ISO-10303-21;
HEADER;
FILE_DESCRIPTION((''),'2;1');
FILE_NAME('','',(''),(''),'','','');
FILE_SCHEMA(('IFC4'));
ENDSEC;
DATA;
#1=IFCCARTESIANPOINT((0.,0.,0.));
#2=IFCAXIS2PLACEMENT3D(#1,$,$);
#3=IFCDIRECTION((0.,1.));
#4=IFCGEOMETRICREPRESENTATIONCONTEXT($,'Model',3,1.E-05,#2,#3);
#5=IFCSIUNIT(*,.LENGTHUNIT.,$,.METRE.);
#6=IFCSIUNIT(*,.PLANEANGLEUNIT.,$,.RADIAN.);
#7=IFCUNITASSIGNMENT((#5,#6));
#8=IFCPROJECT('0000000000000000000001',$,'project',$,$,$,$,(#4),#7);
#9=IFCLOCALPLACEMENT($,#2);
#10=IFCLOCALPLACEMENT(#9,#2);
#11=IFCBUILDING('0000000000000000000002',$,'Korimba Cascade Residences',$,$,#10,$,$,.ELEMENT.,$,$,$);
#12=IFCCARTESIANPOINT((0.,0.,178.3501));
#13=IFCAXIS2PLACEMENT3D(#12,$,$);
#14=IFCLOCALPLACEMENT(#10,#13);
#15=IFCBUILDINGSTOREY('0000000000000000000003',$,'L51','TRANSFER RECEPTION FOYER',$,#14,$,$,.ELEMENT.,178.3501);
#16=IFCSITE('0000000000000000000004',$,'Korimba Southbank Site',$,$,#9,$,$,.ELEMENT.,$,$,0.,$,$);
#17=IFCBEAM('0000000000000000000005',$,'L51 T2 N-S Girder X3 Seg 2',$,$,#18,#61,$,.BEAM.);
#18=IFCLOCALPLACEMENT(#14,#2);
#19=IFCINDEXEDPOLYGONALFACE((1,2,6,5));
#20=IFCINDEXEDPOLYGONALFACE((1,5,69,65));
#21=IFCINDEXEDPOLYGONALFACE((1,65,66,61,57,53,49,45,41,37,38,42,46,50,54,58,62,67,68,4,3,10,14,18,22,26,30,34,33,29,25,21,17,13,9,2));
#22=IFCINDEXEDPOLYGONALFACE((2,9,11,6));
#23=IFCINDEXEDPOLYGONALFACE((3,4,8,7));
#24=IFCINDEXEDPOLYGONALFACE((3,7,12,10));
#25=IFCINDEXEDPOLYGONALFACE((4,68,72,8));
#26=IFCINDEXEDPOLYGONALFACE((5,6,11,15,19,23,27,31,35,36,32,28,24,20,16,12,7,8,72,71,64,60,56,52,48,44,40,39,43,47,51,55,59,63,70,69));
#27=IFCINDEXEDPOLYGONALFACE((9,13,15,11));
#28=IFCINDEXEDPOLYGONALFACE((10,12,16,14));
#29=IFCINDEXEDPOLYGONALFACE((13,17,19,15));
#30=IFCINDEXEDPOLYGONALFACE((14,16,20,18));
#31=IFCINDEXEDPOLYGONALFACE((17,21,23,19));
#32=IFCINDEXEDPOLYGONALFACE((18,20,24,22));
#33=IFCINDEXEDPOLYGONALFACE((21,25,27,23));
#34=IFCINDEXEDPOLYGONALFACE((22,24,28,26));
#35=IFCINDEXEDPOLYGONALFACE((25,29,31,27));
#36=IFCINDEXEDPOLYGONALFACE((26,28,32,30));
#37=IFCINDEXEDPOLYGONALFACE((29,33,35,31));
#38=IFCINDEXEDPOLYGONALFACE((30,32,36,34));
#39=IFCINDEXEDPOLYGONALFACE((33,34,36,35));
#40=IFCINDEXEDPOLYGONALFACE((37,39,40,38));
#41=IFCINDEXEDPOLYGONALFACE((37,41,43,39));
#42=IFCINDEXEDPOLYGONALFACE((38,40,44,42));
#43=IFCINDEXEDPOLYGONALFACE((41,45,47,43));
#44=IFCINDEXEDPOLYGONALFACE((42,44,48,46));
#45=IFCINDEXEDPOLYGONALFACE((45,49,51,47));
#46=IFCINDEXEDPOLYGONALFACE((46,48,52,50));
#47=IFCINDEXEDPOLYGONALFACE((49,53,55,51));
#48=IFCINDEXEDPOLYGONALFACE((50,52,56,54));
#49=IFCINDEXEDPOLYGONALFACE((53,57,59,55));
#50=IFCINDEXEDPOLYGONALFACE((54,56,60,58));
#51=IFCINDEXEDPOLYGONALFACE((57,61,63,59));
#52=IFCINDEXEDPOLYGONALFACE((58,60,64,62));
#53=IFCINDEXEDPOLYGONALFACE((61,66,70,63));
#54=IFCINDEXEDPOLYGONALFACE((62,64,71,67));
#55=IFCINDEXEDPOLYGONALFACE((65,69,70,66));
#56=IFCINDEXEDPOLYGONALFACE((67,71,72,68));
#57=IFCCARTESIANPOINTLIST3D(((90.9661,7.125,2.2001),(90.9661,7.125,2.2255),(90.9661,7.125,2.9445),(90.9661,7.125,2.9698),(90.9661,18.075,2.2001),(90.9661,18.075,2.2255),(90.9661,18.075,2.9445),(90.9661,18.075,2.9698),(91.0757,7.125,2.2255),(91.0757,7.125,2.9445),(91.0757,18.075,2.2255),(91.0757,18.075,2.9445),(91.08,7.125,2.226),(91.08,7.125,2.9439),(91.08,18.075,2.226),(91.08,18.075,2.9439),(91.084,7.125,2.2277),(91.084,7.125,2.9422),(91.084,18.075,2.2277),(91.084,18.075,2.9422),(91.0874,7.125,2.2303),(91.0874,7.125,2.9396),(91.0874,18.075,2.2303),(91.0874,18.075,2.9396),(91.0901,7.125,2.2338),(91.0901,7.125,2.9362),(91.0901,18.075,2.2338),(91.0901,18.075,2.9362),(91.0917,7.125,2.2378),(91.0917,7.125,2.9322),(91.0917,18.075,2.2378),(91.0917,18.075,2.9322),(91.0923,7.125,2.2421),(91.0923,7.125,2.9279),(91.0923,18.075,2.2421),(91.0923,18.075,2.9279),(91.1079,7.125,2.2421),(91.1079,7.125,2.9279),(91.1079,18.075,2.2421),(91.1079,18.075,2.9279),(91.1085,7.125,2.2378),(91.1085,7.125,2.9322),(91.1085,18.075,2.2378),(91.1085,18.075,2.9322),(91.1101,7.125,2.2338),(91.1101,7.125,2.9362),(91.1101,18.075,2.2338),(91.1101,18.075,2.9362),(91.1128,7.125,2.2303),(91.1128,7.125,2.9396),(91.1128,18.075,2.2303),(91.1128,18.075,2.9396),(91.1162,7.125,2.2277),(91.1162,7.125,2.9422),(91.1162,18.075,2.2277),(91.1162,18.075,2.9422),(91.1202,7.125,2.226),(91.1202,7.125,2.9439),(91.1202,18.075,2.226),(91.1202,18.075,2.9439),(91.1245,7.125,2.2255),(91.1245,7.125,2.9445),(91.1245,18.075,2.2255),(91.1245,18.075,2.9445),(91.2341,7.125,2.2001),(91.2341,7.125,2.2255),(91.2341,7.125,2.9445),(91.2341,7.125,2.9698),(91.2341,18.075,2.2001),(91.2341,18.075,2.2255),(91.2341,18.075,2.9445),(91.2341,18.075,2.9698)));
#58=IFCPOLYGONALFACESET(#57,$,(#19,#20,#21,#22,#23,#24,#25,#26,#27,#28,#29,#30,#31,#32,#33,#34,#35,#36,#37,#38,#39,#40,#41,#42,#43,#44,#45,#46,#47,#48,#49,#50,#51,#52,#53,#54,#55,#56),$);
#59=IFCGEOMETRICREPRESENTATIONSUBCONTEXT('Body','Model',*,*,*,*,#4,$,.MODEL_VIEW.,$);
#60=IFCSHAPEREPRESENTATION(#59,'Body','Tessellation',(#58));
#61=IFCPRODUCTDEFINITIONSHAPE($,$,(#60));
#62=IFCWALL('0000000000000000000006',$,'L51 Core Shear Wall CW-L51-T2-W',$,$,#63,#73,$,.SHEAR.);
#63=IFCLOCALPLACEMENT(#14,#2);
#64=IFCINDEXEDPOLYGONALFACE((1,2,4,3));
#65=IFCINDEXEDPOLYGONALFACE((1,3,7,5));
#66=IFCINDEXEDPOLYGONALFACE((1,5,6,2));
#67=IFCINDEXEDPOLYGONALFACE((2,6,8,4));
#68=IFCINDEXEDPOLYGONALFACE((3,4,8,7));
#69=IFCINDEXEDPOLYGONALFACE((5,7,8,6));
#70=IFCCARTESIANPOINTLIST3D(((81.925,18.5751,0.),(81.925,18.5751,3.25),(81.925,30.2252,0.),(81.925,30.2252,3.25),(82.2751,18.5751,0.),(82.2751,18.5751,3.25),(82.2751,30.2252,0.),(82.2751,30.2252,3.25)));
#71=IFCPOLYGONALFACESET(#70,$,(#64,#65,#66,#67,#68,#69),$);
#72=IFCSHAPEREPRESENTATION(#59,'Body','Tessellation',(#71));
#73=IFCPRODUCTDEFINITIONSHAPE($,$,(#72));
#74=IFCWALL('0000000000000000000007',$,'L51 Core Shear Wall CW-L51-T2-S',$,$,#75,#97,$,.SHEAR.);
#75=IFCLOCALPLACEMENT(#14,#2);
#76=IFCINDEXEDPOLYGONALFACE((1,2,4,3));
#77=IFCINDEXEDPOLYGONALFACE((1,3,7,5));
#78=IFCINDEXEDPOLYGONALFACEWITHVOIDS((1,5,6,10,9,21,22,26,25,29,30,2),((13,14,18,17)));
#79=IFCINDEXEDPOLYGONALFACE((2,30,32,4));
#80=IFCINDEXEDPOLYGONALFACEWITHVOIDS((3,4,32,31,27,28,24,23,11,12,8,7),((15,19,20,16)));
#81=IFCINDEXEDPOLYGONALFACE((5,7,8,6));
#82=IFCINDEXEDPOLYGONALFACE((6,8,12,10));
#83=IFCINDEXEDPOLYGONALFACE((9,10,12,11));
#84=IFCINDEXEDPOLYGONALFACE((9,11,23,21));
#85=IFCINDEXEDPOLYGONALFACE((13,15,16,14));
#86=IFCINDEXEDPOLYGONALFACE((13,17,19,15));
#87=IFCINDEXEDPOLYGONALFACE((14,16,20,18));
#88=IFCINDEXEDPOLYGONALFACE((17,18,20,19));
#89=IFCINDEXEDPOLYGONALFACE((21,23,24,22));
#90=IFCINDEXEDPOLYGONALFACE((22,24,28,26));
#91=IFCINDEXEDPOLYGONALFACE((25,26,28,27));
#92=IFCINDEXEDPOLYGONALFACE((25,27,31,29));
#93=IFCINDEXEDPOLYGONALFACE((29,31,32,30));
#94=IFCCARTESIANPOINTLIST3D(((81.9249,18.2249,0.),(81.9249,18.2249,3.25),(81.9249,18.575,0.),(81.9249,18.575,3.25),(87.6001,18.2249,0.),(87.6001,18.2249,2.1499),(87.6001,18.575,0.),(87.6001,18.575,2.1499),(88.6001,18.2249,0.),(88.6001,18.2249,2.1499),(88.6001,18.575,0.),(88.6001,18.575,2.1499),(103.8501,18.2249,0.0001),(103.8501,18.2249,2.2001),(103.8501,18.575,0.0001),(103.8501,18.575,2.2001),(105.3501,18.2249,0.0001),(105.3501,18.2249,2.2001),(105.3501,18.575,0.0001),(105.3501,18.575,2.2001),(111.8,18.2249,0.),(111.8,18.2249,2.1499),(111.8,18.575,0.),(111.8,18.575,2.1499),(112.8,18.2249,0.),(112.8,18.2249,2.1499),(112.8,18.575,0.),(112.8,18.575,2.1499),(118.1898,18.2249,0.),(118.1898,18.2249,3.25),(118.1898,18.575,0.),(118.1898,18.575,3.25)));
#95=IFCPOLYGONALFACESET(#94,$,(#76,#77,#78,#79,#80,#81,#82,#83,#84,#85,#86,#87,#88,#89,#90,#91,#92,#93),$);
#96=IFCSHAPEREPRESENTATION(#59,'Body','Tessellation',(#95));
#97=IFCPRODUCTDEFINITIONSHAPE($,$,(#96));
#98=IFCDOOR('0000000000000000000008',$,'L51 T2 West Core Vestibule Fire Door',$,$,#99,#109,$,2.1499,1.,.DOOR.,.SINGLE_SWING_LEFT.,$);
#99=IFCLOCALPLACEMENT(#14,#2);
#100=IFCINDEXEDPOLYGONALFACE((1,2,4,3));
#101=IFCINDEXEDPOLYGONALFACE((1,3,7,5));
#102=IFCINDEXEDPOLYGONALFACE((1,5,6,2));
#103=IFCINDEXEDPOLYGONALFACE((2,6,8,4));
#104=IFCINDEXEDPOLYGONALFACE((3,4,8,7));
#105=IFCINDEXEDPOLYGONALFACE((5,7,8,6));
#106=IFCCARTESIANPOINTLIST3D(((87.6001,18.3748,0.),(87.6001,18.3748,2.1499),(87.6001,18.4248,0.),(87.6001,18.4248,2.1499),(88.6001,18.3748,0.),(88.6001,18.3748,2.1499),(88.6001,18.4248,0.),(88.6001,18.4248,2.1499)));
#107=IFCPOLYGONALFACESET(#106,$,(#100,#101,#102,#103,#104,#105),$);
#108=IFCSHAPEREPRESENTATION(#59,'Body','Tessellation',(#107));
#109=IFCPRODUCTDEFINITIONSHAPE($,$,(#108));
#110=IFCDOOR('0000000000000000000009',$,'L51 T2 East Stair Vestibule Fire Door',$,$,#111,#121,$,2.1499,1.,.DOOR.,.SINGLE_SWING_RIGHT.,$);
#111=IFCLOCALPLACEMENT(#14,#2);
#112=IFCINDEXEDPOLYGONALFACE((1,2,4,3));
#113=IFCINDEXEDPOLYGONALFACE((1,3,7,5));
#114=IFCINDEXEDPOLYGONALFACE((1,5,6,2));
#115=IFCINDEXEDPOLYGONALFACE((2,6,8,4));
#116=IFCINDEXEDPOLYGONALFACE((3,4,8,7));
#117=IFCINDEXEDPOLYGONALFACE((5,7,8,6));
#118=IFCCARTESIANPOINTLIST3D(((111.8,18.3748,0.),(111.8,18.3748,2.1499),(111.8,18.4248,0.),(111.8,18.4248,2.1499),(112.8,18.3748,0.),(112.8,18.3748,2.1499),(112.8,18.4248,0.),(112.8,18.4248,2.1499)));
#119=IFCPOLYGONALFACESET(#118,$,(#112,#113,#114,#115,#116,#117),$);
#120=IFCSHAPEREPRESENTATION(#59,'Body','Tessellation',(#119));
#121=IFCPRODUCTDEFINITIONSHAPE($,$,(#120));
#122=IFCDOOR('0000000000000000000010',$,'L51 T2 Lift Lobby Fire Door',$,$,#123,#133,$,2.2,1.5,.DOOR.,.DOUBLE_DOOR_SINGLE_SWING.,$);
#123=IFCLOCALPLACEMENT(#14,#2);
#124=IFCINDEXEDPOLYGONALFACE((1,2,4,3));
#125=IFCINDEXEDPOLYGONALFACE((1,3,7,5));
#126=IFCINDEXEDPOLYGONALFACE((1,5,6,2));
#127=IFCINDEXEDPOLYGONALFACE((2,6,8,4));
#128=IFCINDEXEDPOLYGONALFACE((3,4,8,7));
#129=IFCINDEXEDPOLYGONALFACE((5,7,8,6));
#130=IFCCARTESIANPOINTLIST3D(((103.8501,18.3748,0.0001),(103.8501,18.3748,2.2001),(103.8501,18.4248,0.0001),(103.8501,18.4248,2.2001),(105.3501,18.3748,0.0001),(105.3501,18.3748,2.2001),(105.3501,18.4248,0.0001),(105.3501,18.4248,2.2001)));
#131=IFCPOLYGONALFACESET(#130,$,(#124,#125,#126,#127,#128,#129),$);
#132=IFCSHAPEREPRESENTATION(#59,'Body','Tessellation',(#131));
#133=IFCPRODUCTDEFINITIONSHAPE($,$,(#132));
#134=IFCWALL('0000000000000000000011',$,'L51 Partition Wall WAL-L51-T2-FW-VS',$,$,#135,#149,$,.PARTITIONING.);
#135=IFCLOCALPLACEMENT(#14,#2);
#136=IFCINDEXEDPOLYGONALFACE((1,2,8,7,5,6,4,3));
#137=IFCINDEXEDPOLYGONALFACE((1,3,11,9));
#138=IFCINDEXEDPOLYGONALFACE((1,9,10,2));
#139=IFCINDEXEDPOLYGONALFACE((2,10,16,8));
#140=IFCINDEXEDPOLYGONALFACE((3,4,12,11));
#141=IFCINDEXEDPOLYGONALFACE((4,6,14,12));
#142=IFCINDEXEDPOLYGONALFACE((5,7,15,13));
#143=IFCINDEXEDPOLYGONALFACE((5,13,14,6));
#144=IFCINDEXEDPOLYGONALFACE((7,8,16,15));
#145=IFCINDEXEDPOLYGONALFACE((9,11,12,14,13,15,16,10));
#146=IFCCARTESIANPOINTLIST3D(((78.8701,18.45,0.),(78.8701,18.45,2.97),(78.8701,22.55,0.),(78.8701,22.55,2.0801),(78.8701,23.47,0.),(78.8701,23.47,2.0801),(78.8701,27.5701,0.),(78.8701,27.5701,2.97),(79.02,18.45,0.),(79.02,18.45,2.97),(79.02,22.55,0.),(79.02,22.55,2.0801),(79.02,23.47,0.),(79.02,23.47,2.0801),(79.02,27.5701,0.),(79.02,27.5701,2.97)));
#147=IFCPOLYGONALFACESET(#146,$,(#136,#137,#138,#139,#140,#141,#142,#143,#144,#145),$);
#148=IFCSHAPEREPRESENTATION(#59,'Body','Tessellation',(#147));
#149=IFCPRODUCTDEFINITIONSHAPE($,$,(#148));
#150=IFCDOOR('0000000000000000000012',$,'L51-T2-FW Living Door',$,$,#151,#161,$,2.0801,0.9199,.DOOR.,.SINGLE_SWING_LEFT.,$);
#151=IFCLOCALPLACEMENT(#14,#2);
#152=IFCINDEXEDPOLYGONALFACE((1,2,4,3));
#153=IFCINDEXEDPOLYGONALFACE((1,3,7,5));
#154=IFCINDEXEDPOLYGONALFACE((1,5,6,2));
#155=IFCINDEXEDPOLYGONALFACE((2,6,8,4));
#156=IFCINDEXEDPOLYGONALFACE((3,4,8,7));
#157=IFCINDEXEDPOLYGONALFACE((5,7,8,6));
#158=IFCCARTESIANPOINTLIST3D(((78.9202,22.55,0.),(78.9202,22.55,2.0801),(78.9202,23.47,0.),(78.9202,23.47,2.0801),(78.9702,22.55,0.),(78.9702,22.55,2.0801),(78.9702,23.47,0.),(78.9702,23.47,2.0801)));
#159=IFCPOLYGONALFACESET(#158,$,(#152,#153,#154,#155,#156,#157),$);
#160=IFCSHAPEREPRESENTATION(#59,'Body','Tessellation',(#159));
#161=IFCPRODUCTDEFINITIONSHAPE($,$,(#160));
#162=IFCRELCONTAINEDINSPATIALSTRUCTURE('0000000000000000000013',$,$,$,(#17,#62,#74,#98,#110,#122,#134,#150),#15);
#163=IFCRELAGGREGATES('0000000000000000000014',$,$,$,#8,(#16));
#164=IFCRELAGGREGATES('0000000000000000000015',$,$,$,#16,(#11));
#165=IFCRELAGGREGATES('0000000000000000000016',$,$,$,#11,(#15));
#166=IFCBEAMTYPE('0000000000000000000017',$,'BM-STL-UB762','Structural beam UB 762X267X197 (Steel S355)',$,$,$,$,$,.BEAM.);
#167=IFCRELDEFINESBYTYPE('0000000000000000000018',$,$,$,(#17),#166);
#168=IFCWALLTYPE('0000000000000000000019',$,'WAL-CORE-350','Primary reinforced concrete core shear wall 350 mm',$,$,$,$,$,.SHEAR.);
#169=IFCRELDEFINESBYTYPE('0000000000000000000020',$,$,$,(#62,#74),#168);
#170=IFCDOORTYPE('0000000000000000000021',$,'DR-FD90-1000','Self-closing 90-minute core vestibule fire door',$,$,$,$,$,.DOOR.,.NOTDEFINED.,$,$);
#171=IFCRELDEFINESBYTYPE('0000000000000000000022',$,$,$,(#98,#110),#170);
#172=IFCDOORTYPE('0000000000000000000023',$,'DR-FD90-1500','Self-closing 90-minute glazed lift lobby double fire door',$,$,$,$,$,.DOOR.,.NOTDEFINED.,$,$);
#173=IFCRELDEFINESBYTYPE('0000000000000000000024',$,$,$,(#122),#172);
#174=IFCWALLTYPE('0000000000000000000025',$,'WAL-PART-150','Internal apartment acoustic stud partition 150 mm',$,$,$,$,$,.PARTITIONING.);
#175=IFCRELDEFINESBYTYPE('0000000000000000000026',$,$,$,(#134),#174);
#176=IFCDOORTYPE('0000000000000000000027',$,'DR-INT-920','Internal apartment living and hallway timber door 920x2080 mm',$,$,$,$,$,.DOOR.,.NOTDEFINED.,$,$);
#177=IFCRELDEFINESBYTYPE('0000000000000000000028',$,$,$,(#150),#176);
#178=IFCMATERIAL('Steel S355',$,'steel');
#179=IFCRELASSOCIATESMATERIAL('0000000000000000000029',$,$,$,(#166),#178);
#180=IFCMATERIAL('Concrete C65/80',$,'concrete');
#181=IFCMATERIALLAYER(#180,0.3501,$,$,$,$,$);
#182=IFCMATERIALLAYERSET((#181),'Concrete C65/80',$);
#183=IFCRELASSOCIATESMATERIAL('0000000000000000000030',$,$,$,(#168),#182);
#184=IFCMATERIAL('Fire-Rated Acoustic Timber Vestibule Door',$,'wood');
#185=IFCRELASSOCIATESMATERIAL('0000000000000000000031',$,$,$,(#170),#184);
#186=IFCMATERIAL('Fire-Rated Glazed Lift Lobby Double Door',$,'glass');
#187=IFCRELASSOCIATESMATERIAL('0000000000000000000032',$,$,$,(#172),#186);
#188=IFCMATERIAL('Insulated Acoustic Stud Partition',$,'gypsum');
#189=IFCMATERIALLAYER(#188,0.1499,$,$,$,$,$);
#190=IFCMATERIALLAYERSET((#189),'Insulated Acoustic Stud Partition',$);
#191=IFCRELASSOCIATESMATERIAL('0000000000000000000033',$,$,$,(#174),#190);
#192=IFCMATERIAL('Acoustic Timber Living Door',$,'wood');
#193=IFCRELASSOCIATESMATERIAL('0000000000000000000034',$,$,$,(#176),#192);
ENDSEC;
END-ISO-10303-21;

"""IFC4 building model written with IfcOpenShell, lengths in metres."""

from ifc_helpers import new_model, si_unit, direction, frame, frame_2d, origin, origin_2d, place, context, subcontext, project, spatial, rectangle, i_section, extrude, material, layer, layer_set, material_profile, profile_set, type_object, element, fill, save


model = new_model("IFC4")

# Units and contexts
model_context = context("Model", 3, precision=1e-05, world=origin(), true_north=direction((0.0, 1.0)))
body_context = subcontext(model_context, "Body", "Model", "MODEL_VIEW")
ifc_project = project(units=[si_unit("LENGTHUNIT", "METRE"), si_unit("PLANEANGLEUNIT", "RADIAN")], contexts=[model_context])

# Site, building, storey
site_placement = place(None, origin())
site = spatial("IfcSite", under=ifc_project, at=site_placement, Name="Korimba Southbank Site", CompositionType="ELEMENT", RefElevation=0.0)
building_placement = place(site_placement, origin())
building = spatial("IfcBuilding", under=site, at=building_placement, Name="Korimba Cascade Residences", CompositionType="ELEMENT")
storey_placement = place(building_placement, frame((0.0, 0.0, 178.3501)))
storey = spatial("IfcBuildingStorey", under=building, at=storey_placement, Name="L51", Description="TRANSFER RECEPTION FOYER", CompositionType="ELEMENT", Elevation=178.3501)

# Beam
ifc_material_1 = material(Name="Steel S355", Category="steel")
ifc_material_profile_1 = material_profile(ifc_material_1, i_section(OverallWidth=0.2681, OverallDepth=0.7698, WebThickness=0.0156, FlangeThickness=0.0254, FilletRadius=0.0166, at=origin_2d()), Name="Steel S355")
ifc_profile_set_1 = profile_set([ifc_material_profile_1], Name="Steel S355")
beam_type_1 = type_object("IfcBeamType", Name="BM-STL-UB762", Description="Structural beam UB 762X267X197 (Steel S355)", PredefinedType="BEAM", material=ifc_profile_set_1)
for number, where, z_axis, x_axis, name in (
    (1, (91.1001, 7.125, 2.585), (0.0, 1.0, 0.0), (-1.0, 0.0, 0.0), "L51 T2 N-S Girder X3 Seg 2"),
):
    element("IfcBeam", number, at=place(storey_placement, frame(where, z_axis=z_axis, x_axis=x_axis)), inside=storey, type_object=beam_type_1, Name=name, PredefinedType="BEAM", context=body_context, shape_type="SweptSolid", body=[
        extrude(i_section(OverallWidth=0.2681, OverallDepth=0.7698, WebThickness=0.0156, FlangeThickness=0.0254, FilletRadius=0.0166, at=origin_2d()), origin(), (0.0, 0.0, 1.0), 10.95),
    ])

# Wall
ifc_material_2 = material(Name="Concrete C65/80", Category="concrete")
ifc_layer_1 = layer(ifc_material_2, 0.3501)
ifc_layer_set_1 = layer_set([ifc_layer_1], Name="Concrete C65/80")
wall_type_1 = type_object("IfcWallType", Name="WAL-CORE-350", Description="Primary reinforced concrete core shear wall 350 mm", PredefinedType="SHEAR", material=ifc_layer_set_1)
wall_1_placement = place(storey_placement, frame((82.1001, 18.575, 0.0), z_axis=(0.0, 0.0, 1.0), x_axis=(0.0, 1.0, 0.0)))
element("IfcWall", 2, at=wall_1_placement, inside=storey, type_object=wall_type_1, Name="L51 Core Shear Wall CW-L51-T2-W", PredefinedType="SHEAR", context=body_context, shape_type="SweptSolid", body=[
    extrude(rectangle(XDim=11.6501, YDim=0.3501, at=frame_2d((5.8252, 0.0))), origin(), (0.0, 0.0, 1.0), 3.25),
])

# Wall, openings, doors
wall_2_placement = place(storey_placement, frame((81.925, 18.3999, 0.0), z_axis=(0.0, 0.0, 1.0), x_axis=(1.0, 0.0, 0.0)))
wall_2 = element("IfcWall", 3, at=wall_2_placement, inside=storey, type_object=wall_type_1, Name="L51 Core Shear Wall CW-L51-T2-S", PredefinedType="SHEAR", context=body_context, shape_type="SweptSolid", body=[
    extrude(rectangle(XDim=36.2649, YDim=0.3501, at=frame_2d((18.1323, 0.0))), origin(), (0.0, 0.0, 1.0), 3.25),
])
opening_1_placement = place(wall_2_placement, frame((5.675, 0.0, 0.0)))
opening_1 = element("IfcOpeningElement", 4, at=opening_1_placement, cuts=wall_2, PredefinedType="OPENING", context=body_context, shape_type="SweptSolid", body=[
    extrude(rectangle(XDim=1.0, YDim=2.1499, at=frame_2d((0.5, 1.075))), frame((0.0, 0.1851, 0.0), z_axis=(0.0, -1.0, 0.0), x_axis=(1.0, 0.0, 0.0)), (0.0, 0.0, 1.0), 0.3701),
])
opening_2_placement = place(wall_2_placement, frame((21.925, 0.0, 0.0)))
opening_2 = element("IfcOpeningElement", 5, at=opening_2_placement, cuts=wall_2, PredefinedType="OPENING", context=body_context, shape_type="SweptSolid", body=[
    extrude(rectangle(XDim=1.5, YDim=2.2, at=frame_2d((0.75, 1.1001))), frame((0.0, 0.1851, 0.0), z_axis=(0.0, -1.0, 0.0), x_axis=(1.0, 0.0, 0.0)), (0.0, 0.0, 1.0), 0.3701),
])
opening_3_placement = place(wall_2_placement, frame((29.875, 0.0, 0.0)))
opening_3 = element("IfcOpeningElement", 6, at=opening_3_placement, cuts=wall_2, PredefinedType="OPENING", context=body_context, shape_type="SweptSolid", body=[
    extrude(rectangle(XDim=1.0, YDim=2.1499, at=frame_2d((0.5, 1.075))), frame((0.0, 0.1851, 0.0), z_axis=(0.0, -1.0, 0.0), x_axis=(1.0, 0.0, 0.0)), (0.0, 0.0, 1.0), 0.3701),
])
ifc_material_3 = material(Name="Fire-Rated Acoustic Timber Vestibule Door", Category="wood")
door_type_1 = type_object("IfcDoorType", Name="DR-FD90-1000", Description="Self-closing 90-minute core vestibule fire door", OperationType="NOTDEFINED", PredefinedType="DOOR", material=ifc_material_3)
door_1_placement = place(opening_1_placement, origin())
door_1 = element("IfcDoor", 7, at=door_1_placement, inside=storey, type_object=door_type_1, Name="L51 T2 West Core Vestibule Fire Door", OperationType="SINGLE_SWING_LEFT", OverallHeight=2.1499, OverallWidth=1.0, PredefinedType="DOOR", context=body_context, shape_type="SweptSolid", body=[
    extrude(rectangle(XDim=1.0, YDim=2.1499, at=frame_2d((0.5, 1.075))), frame((0.0, 0.0249, 0.0), z_axis=(0.0, -1.0, 0.0), x_axis=(1.0, 0.0, 0.0)), (0.0, 0.0, 1.0), 0.05),
])
fill(opening_1, door_1)
door_2_placement = place(opening_3_placement, origin())
door_2 = element("IfcDoor", 8, at=door_2_placement, inside=storey, type_object=door_type_1, Name="L51 T2 East Stair Vestibule Fire Door", OperationType="SINGLE_SWING_RIGHT", OverallHeight=2.1499, OverallWidth=1.0, PredefinedType="DOOR", context=body_context, shape_type="SweptSolid", body=[
    extrude(rectangle(XDim=1.0, YDim=2.1499, at=frame_2d((0.5, 1.075))), frame((0.0, 0.0249, 0.0), z_axis=(0.0, -1.0, 0.0), x_axis=(1.0, 0.0, 0.0)), (0.0, 0.0, 1.0), 0.05),
])
fill(opening_3, door_2)
ifc_material_4 = material(Name="Fire-Rated Glazed Lift Lobby Double Door", Category="glass")
door_type_2 = type_object("IfcDoorType", Name="DR-FD90-1500", Description="Self-closing 90-minute glazed lift lobby double fire door", OperationType="NOTDEFINED", PredefinedType="DOOR", material=ifc_material_4)
door_3_placement = place(opening_2_placement, origin())
door_3 = element("IfcDoor", 9, at=door_3_placement, inside=storey, type_object=door_type_2, Name="L51 T2 Lift Lobby Fire Door", OperationType="DOUBLE_DOOR_SINGLE_SWING", OverallHeight=2.2, OverallWidth=1.5, PredefinedType="DOOR", context=body_context, shape_type="SweptSolid", body=[
    extrude(rectangle(XDim=1.5, YDim=2.2, at=frame_2d((0.75, 1.1001))), frame((0.0, 0.0249, 0.0), z_axis=(0.0, -1.0, 0.0), x_axis=(1.0, 0.0, 0.0)), (0.0, 0.0, 1.0), 0.05),
])
fill(opening_2, door_3)

# Wall, opening, door
ifc_material_5 = material(Name="Insulated Acoustic Stud Partition", Category="gypsum")
ifc_layer_2 = layer(ifc_material_5, 0.1499)
ifc_layer_set_2 = layer_set([ifc_layer_2], Name="Insulated Acoustic Stud Partition")
wall_type_2 = type_object("IfcWallType", Name="WAL-PART-150", Description="Internal apartment acoustic stud partition 150 mm", PredefinedType="PARTITIONING", material=ifc_layer_set_2)
wall_3_placement = place(storey_placement, frame((78.9451, 18.45, 0.0), z_axis=(0.0, 0.0, 1.0), x_axis=(0.0, 1.0, 0.0)))
wall_3 = element("IfcWall", 10, at=wall_3_placement, inside=storey, type_object=wall_type_2, Name="L51 Partition Wall WAL-L51-T2-FW-VS", PredefinedType="PARTITIONING", context=body_context, shape_type="SweptSolid", body=[
    extrude(rectangle(XDim=9.1201, YDim=0.1499, at=frame_2d((4.5601, 0.0))), origin(), (0.0, 0.0, 1.0), 2.97),
])
opening_4_placement = place(wall_3_placement, frame((4.1001, 0.0, 0.0)))
opening_4 = element("IfcOpeningElement", 11, at=opening_4_placement, cuts=wall_3, PredefinedType="OPENING", context=body_context, shape_type="SweptSolid", body=[
    extrude(rectangle(XDim=0.9199, YDim=2.0801, at=frame_2d((0.46, 1.04))), frame((0.0, 0.085, 0.0), z_axis=(0.0, -1.0, 0.0), x_axis=(1.0, 0.0, 0.0)), (0.0, 0.0, 1.0), 0.1699),
])
ifc_material_6 = material(Name="Acoustic Timber Living Door", Category="wood")
door_type_3 = type_object("IfcDoorType", Name="DR-INT-920", Description="Internal apartment living and hallway timber door 920x2080 mm", OperationType="NOTDEFINED", PredefinedType="DOOR", material=ifc_material_6)
door_4_placement = place(opening_4_placement, origin())
door_4 = element("IfcDoor", 12, at=door_4_placement, inside=storey, type_object=door_type_3, Name="L51-T2-FW Living Door", OperationType="SINGLE_SWING_LEFT", OverallHeight=2.0801, OverallWidth=0.9199, PredefinedType="DOOR", context=body_context, shape_type="SweptSolid", body=[
    extrude(rectangle(XDim=0.9199, YDim=2.0801, at=frame_2d((0.46, 1.04))), frame((0.0, 0.0249, 0.0), z_axis=(0.0, -1.0, 0.0), x_axis=(1.0, 0.0, 0.0)), (0.0, 0.0, 1.0), 0.05),
])
fill(opening_4, door_4)

save(model, "model.ifc")
